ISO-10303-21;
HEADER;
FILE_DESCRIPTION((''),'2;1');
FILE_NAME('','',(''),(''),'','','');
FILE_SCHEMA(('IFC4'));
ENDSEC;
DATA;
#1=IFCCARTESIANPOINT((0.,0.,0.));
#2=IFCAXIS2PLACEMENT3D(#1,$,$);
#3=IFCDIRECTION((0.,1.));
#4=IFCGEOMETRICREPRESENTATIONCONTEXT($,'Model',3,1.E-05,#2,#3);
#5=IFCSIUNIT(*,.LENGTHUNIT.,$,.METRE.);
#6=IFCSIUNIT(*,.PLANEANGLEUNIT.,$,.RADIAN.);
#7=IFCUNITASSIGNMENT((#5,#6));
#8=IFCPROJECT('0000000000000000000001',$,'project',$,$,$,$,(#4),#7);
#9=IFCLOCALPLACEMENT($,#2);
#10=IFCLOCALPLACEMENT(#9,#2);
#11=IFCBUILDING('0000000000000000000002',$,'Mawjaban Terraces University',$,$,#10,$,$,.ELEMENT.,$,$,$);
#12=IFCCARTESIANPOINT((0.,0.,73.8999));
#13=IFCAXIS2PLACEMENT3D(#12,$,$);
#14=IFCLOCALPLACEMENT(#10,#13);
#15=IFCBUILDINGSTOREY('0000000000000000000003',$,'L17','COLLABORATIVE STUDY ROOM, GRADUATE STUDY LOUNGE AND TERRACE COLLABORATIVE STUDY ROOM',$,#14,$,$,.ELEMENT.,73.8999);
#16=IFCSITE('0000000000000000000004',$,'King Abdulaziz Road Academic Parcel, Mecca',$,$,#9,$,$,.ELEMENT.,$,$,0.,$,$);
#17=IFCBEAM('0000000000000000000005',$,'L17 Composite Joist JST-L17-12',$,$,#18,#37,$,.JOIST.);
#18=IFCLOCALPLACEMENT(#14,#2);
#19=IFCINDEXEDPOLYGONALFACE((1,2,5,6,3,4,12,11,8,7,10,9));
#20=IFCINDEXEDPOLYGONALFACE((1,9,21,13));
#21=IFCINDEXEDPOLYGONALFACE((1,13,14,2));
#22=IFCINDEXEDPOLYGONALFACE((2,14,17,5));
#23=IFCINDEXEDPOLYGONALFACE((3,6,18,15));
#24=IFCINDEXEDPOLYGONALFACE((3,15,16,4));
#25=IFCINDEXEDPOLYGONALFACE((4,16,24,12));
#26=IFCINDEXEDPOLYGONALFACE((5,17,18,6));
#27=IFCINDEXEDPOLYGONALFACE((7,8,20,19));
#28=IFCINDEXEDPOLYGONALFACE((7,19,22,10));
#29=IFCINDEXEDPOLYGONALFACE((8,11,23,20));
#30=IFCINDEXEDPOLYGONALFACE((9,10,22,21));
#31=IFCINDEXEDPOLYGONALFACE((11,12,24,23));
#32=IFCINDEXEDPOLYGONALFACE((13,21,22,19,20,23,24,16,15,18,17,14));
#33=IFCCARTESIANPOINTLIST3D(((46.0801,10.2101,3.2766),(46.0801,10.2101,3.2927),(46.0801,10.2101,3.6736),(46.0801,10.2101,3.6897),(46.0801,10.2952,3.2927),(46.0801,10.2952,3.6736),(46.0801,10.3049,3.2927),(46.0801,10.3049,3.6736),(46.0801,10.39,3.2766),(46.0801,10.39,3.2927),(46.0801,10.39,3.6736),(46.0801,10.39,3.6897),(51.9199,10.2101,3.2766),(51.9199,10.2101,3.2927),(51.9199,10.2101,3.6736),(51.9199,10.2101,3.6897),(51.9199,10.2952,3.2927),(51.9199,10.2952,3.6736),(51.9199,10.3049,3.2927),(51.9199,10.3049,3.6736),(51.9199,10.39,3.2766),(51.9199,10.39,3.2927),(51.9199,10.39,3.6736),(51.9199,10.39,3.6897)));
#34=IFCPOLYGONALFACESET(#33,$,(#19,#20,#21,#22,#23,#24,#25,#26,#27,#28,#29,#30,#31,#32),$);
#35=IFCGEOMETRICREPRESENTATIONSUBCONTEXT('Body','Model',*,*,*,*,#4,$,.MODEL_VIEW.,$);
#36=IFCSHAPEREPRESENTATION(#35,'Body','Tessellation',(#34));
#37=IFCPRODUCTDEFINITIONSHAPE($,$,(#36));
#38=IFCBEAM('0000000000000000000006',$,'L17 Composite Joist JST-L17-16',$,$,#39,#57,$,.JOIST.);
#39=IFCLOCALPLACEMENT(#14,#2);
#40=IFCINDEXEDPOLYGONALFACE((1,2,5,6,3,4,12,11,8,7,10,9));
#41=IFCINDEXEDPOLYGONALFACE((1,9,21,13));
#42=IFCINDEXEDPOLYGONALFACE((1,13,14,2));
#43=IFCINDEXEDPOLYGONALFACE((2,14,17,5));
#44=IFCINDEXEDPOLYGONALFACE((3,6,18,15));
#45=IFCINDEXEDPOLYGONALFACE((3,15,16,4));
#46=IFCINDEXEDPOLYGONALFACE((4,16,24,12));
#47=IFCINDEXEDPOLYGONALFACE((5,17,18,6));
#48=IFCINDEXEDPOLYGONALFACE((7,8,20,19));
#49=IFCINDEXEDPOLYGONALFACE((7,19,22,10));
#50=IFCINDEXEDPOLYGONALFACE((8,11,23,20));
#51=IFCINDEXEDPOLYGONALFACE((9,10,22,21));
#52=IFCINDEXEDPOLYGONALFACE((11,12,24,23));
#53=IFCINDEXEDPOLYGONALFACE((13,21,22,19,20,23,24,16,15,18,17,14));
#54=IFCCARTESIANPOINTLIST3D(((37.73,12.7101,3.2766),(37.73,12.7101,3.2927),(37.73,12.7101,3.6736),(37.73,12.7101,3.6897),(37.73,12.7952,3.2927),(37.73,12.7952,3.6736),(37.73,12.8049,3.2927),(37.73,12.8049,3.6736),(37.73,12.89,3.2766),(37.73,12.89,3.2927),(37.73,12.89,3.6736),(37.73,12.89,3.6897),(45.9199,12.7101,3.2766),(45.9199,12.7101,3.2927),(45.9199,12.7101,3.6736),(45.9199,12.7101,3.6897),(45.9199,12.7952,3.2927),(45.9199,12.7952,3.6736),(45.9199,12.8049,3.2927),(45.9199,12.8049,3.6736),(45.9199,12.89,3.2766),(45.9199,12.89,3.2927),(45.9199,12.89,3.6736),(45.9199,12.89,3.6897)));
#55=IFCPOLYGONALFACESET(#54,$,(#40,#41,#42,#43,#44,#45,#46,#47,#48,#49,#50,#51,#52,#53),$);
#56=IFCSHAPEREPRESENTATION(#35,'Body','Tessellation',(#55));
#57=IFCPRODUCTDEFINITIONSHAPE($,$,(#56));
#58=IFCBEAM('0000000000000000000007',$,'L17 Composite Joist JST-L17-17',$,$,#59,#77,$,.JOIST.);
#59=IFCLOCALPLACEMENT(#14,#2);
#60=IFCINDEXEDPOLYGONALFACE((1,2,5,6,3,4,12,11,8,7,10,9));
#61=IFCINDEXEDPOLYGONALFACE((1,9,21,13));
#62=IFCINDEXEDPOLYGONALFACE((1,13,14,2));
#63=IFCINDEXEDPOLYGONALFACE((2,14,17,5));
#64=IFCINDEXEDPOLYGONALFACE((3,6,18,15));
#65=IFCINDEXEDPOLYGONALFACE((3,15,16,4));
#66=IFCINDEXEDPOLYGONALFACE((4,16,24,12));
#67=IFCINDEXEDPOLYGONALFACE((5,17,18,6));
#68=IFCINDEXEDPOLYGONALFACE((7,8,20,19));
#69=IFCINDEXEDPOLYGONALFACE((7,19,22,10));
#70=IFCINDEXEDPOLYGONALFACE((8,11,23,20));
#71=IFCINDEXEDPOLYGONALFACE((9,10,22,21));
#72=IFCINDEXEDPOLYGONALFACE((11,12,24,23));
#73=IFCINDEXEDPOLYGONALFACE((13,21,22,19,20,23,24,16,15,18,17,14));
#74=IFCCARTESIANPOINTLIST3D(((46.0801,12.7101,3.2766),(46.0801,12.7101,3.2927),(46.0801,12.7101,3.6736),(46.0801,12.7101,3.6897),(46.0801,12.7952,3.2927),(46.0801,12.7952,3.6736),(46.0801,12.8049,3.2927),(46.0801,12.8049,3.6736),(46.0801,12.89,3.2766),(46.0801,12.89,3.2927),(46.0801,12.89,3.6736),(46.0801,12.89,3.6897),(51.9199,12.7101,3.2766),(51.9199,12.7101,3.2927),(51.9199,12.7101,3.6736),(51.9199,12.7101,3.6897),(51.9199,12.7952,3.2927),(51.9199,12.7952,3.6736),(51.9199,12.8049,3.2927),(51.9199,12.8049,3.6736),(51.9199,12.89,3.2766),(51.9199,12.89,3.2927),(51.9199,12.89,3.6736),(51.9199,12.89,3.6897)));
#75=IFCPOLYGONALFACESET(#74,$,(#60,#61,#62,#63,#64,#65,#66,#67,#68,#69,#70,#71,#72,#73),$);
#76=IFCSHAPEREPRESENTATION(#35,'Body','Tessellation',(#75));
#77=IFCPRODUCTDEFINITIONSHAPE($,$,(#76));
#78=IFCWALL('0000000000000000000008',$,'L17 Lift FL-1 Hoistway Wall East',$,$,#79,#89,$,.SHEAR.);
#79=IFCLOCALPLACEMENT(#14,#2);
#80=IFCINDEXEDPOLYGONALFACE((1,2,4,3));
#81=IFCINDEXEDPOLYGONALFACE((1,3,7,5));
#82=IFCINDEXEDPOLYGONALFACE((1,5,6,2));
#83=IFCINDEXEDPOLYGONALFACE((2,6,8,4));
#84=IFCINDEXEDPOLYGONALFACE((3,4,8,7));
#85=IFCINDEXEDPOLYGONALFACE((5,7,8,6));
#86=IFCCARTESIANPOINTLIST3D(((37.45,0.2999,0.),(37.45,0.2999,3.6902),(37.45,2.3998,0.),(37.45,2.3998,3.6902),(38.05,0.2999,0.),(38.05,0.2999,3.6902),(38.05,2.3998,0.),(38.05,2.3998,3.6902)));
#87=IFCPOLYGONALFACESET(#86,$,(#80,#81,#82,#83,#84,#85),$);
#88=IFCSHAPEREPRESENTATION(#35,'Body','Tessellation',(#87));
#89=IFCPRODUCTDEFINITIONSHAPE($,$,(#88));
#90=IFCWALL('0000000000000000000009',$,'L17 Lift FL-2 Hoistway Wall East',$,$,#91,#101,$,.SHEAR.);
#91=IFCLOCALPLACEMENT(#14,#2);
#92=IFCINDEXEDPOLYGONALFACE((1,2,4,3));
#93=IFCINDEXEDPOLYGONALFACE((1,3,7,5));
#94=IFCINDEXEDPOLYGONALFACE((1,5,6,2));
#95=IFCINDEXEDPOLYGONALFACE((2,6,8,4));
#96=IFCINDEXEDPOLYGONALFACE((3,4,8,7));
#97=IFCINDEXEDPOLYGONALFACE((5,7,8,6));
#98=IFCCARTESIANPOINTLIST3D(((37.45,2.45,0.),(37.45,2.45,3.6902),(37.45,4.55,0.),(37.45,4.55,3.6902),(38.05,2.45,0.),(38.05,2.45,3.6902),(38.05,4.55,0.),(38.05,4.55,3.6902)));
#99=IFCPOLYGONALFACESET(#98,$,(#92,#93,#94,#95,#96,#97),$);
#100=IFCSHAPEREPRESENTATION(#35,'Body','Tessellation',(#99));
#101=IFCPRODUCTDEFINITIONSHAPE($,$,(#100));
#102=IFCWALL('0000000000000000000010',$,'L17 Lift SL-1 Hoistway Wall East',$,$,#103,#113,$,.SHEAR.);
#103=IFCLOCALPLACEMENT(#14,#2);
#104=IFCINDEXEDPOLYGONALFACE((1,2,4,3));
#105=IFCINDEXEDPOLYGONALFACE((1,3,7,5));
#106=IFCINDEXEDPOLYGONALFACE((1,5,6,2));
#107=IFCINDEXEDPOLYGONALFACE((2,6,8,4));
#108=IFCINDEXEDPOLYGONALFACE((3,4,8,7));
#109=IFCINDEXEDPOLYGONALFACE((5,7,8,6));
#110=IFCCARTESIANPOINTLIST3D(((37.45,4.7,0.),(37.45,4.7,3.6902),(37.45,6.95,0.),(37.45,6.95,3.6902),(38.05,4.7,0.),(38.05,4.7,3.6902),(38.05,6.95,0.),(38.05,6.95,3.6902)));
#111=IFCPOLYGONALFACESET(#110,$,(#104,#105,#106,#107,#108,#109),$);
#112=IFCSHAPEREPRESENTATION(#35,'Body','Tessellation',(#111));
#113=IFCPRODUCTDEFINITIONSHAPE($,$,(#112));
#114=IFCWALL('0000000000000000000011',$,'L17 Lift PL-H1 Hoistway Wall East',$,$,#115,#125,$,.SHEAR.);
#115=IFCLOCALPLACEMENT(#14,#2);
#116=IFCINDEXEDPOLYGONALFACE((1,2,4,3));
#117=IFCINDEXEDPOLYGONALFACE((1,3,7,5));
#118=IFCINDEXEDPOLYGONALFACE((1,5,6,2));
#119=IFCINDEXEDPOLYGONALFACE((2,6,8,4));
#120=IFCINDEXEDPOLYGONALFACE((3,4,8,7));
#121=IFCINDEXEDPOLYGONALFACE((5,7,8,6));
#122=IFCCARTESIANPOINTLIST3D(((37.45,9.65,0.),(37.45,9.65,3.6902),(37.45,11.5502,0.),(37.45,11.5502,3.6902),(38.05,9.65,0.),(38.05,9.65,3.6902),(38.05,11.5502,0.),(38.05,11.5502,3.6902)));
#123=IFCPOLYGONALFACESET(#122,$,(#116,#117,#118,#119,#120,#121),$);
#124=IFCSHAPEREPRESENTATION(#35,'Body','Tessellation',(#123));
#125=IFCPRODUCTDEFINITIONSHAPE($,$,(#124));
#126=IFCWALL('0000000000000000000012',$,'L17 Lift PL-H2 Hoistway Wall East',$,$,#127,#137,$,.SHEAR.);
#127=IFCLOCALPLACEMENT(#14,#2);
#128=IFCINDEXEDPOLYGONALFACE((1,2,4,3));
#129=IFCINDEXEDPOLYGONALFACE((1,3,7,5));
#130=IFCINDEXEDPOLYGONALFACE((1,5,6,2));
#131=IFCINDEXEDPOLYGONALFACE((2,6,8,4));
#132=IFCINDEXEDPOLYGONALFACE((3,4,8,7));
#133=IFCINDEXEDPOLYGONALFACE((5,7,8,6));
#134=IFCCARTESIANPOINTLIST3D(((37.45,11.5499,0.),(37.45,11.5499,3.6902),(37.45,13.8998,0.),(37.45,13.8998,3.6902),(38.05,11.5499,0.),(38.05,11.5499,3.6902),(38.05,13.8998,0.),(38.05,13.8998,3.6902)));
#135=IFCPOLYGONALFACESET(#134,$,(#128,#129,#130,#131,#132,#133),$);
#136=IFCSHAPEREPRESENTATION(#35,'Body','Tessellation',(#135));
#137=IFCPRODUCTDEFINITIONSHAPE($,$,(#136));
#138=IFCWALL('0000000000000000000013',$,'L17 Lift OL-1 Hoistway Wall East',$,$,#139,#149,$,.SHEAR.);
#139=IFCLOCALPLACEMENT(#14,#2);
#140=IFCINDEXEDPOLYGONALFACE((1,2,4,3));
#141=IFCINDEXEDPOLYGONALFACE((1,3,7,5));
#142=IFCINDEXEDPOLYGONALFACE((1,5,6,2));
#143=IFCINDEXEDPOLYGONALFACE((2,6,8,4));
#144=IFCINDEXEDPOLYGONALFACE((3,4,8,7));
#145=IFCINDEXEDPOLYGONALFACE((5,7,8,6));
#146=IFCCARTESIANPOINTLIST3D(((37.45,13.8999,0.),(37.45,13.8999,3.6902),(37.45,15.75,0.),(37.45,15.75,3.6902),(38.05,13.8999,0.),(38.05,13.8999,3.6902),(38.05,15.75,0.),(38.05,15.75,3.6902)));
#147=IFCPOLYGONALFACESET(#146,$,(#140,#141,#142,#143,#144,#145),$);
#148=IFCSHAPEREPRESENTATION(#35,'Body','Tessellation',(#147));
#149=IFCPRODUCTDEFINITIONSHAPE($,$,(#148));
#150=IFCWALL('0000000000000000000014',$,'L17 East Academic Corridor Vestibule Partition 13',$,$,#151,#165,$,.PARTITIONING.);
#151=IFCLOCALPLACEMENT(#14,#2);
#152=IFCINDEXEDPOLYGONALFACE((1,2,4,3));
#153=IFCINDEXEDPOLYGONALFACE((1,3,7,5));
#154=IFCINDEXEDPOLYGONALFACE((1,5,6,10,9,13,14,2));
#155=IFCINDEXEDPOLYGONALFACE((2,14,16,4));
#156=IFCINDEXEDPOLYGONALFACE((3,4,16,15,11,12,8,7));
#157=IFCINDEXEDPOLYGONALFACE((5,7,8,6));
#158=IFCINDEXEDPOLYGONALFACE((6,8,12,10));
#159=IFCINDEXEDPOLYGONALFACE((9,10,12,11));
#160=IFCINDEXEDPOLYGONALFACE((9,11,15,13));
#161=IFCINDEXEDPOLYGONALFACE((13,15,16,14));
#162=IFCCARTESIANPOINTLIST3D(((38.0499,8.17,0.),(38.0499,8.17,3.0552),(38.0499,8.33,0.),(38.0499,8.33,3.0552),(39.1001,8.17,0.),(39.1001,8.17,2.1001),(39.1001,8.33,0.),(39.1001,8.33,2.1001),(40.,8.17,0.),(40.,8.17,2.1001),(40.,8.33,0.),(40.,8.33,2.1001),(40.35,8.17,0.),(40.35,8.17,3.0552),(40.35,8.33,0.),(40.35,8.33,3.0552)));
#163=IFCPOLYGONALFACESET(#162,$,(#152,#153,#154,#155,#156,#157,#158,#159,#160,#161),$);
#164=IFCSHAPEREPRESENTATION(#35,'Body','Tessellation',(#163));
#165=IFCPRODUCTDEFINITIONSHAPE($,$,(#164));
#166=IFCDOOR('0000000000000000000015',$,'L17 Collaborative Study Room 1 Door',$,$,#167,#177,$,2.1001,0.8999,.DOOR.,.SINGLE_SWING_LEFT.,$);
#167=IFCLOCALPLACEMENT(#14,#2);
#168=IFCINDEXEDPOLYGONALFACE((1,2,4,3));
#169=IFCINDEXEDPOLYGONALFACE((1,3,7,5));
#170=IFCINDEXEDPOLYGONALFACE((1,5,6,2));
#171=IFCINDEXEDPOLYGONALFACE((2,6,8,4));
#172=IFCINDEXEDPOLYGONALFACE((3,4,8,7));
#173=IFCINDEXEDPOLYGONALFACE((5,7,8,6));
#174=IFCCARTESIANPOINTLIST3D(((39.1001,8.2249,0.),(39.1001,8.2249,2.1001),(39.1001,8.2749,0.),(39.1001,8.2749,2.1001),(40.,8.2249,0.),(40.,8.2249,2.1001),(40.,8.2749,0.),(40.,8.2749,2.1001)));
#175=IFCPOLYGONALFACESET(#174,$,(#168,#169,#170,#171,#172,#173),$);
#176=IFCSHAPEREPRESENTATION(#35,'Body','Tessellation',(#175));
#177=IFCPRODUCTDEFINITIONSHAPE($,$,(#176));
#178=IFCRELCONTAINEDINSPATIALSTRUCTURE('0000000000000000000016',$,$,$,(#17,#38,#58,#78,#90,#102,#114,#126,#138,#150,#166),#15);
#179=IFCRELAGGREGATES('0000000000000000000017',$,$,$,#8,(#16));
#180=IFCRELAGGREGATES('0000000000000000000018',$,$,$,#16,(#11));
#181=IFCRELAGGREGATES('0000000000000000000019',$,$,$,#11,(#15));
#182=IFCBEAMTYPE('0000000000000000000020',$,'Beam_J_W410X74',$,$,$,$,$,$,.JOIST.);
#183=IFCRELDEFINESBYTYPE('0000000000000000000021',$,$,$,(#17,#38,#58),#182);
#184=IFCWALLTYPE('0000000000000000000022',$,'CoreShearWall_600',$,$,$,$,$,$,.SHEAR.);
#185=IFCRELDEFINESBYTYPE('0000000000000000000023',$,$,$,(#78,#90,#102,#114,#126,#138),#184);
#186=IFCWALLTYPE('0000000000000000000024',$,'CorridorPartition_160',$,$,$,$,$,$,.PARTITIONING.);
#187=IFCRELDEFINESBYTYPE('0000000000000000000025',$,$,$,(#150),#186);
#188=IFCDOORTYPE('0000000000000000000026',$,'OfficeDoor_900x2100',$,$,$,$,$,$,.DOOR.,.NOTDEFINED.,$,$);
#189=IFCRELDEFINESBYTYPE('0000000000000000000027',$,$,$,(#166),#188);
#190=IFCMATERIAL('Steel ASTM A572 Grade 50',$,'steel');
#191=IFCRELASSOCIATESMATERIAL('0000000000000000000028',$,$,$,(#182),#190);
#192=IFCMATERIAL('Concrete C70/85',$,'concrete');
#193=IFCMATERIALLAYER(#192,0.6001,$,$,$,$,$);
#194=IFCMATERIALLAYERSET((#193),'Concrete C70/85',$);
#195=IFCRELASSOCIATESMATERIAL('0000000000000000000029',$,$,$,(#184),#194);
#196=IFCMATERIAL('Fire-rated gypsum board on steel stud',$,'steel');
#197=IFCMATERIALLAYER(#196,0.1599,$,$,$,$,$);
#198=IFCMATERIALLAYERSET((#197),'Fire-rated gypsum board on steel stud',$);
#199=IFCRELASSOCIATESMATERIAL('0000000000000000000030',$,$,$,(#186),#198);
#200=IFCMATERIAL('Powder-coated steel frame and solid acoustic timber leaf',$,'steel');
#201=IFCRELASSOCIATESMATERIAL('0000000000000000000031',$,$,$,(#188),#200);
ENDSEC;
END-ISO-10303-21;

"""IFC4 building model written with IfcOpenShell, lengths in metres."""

from ifc_helpers import new_model, si_unit, direction, frame, frame_2d, origin, origin_2d, place, context, subcontext, project, spatial, rectangle, i_section, extrude, material, layer, layer_set, material_profile, profile_set, type_object, element, fill, save


model = new_model("IFC4")

# Units and contexts
model_context = context("Model", 3, precision=1e-05, world=origin(), true_north=direction((0.0, 1.0)))
body_context = subcontext(model_context, "Body", "Model", "MODEL_VIEW")
ifc_project = project(units=[si_unit("LENGTHUNIT", "METRE"), si_unit("PLANEANGLEUNIT", "RADIAN")], contexts=[model_context])

# Site, building, storey
site_placement = place(None, origin())
site = spatial("IfcSite", under=ifc_project, at=site_placement, Name="King Abdulaziz Road Academic Parcel, Mecca", CompositionType="ELEMENT", RefElevation=0.0)
building_placement = place(site_placement, origin())
building = spatial("IfcBuilding", under=site, at=building_placement, Name="Mawjaban Terraces University", CompositionType="ELEMENT")
storey_placement = place(building_placement, frame((0.0, 0.0, 73.8999)))
storey = spatial("IfcBuildingStorey", under=building, at=storey_placement, Name="L17", Description="COLLABORATIVE STUDY ROOM, GRADUATE STUDY LOUNGE AND TERRACE COLLABORATIVE STUDY ROOM", CompositionType="ELEMENT", Elevation=73.8999)

# Shared definitions
ifc_material_1 = material(Name="Concrete C70/85", Category="concrete")

# Beams
ifc_material_2 = material(Name="Steel ASTM A572 Grade 50", Category="steel")
ifc_material_profile_1 = material_profile(ifc_material_2, i_section(OverallWidth=0.1799, OverallDepth=0.4131, WebThickness=0.0098, FlangeThickness=0.0161, at=origin_2d()), Name="W410X74")
ifc_profile_set_1 = profile_set([ifc_material_profile_1], Name="Steel ASTM A572 Grade 50")
beam_type_1 = type_object("IfcBeamType", Name="Beam_J_W410X74", PredefinedType="JOIST", material=ifc_profile_set_1)
beam_1_placement = place(storey_placement, frame((46.0801, 10.3, 3.4832), z_axis=(1.0, 0.0, 0.0), x_axis=(0.0, 1.0, 0.0)))
element("IfcBeam", 1, at=beam_1_placement, inside=storey, type_object=beam_type_1, Name="L17 Composite Joist JST-L17-12", PredefinedType="JOIST", context=body_context, shape_type="SweptSolid", body=[
    extrude(i_section(OverallWidth=0.1799, OverallDepth=0.4131, WebThickness=0.0098, FlangeThickness=0.0161, at=origin_2d()), origin(), (0.0, 0.0, 1.0), 5.8398),
])
beam_2_placement = place(storey_placement, frame((37.73, 12.8, 3.4832), z_axis=(1.0, 0.0, 0.0), x_axis=(0.0, 1.0, 0.0)))
element("IfcBeam", 2, at=beam_2_placement, inside=storey, type_object=beam_type_1, Name="L17 Composite Joist JST-L17-16", PredefinedType="JOIST", context=body_context, shape_type="SweptSolid", body=[
    extrude(i_section(OverallWidth=0.1799, OverallDepth=0.4131, WebThickness=0.0098, FlangeThickness=0.0161, at=origin_2d()), origin(), (0.0, 0.0, 1.0), 8.1899),
])
beam_3_placement = place(storey_placement, frame((46.0801, 12.8, 3.4832), z_axis=(1.0, 0.0, 0.0), x_axis=(0.0, 1.0, 0.0)))
element("IfcBeam", 3, at=beam_3_placement, inside=storey, type_object=beam_type_1, Name="L17 Composite Joist JST-L17-17", PredefinedType="JOIST", context=body_context, shape_type="SweptSolid", body=[
    extrude(i_section(OverallWidth=0.1799, OverallDepth=0.4131, WebThickness=0.0098, FlangeThickness=0.0161, at=origin_2d()), origin(), (0.0, 0.0, 1.0), 5.8398),
])

# Walls
ifc_layer_1 = layer(ifc_material_1, 0.6001)
ifc_layer_set_1 = layer_set([ifc_layer_1], Name="Concrete C70/85")
wall_type_1 = type_object("IfcWallType", Name="CoreShearWall_600", PredefinedType="SHEAR", material=ifc_layer_set_1)
wall_1_placement = place(storey_placement, frame((37.75, 0.3, 0.0), z_axis=(0.0, 0.0, 1.0), x_axis=(0.0, 1.0, 0.0)))
element("IfcWall", 4, at=wall_1_placement, inside=storey, type_object=wall_type_1, Name="L17 Lift FL-1 Hoistway Wall East", PredefinedType="SHEAR", context=body_context, shape_type="SweptSolid", body=[
    extrude(rectangle(XDim=2.0999, YDim=0.6001, at=frame_2d((1.0498, 0.0))), origin(), (0.0, 0.0, 1.0), 3.6902),
])
wall_2_placement = place(storey_placement, frame((37.75, 2.45, 0.0), z_axis=(0.0, 0.0, 1.0), x_axis=(0.0, 1.0, 0.0)))
element("IfcWall", 5, at=wall_2_placement, inside=storey, type_object=wall_type_1, Name="L17 Lift FL-2 Hoistway Wall East", PredefinedType="SHEAR", context=body_context, shape_type="SweptSolid", body=[
    extrude(rectangle(XDim=2.1001, YDim=0.6001, at=frame_2d((1.05, 0.0))), origin(), (0.0, 0.0, 1.0), 3.6902),
])
wall_3_placement = place(storey_placement, frame((37.75, 4.7, 0.0), z_axis=(0.0, 0.0, 1.0), x_axis=(0.0, 1.0, 0.0)))
element("IfcWall", 6, at=wall_3_placement, inside=storey, type_object=wall_type_1, Name="L17 Lift SL-1 Hoistway Wall East", PredefinedType="SHEAR", context=body_context, shape_type="SweptSolid", body=[
    extrude(rectangle(XDim=2.25, YDim=0.6001, at=frame_2d((1.125, 0.0))), origin(), (0.0, 0.0, 1.0), 3.6902),
])
wall_4_placement = place(storey_placement, frame((37.75, 9.6499, 0.0), z_axis=(0.0, 0.0, 1.0), x_axis=(0.0, 1.0, 0.0)))
element("IfcWall", 7, at=wall_4_placement, inside=storey, type_object=wall_type_1, Name="L17 Lift PL-H1 Hoistway Wall East", PredefinedType="SHEAR", context=body_context, shape_type="SweptSolid", body=[
    extrude(rectangle(XDim=1.9001, YDim=0.6001, at=frame_2d((0.9502, 0.0))), origin(), (0.0, 0.0, 1.0), 3.6902),
])
wall_5_placement = place(storey_placement, frame((37.75, 11.55, 0.0), z_axis=(0.0, 0.0, 1.0), x_axis=(0.0, 1.0, 0.0)))
element("IfcWall", 8, at=wall_5_placement, inside=storey, type_object=wall_type_1, Name="L17 Lift PL-H2 Hoistway Wall East", PredefinedType="SHEAR", context=body_context, shape_type="SweptSolid", body=[
    extrude(rectangle(XDim=2.3499, YDim=0.6001, at=frame_2d((1.1748, 0.0))), origin(), (0.0, 0.0, 1.0), 3.6902),
])
wall_6_placement = place(storey_placement, frame((37.75, 13.8999, 0.0), z_axis=(0.0, 0.0, 1.0), x_axis=(0.0, 1.0, 0.0)))
element("IfcWall", 9, at=wall_6_placement, inside=storey, type_object=wall_type_1, Name="L17 Lift OL-1 Hoistway Wall East", PredefinedType="SHEAR", context=body_context, shape_type="SweptSolid", body=[
    extrude(rectangle(XDim=1.8501, YDim=0.6001, at=frame_2d((0.925, 0.0))), origin(), (0.0, 0.0, 1.0), 3.6902),
])

# Wall, opening, door
ifc_material_3 = material(Name="Fire-rated gypsum board on steel stud", Category="steel")
ifc_layer_2 = layer(ifc_material_3, 0.1599)
ifc_layer_set_2 = layer_set([ifc_layer_2], Name="Fire-rated gypsum board on steel stud")
wall_type_2 = type_object("IfcWallType", Name="CorridorPartition_160", PredefinedType="PARTITIONING", material=ifc_layer_set_2)
wall_7_placement = place(storey_placement, frame((38.05, 8.25, 0.0), z_axis=(0.0, 0.0, 1.0), x_axis=(1.0, 0.0, 0.0)))
wall_7 = element("IfcWall", 10, at=wall_7_placement, inside=storey, type_object=wall_type_2, Name="L17 East Academic Corridor Vestibule Partition 13", PredefinedType="PARTITIONING", context=body_context, shape_type="SweptSolid", body=[
    extrude(rectangle(XDim=2.3, YDim=0.1599, at=frame_2d((1.1499, 0.0))), origin(), (0.0, 0.0, 1.0), 3.0552),
])
opening_1_placement = place(wall_7_placement, frame((1.05, 0.0, 0.0)))
opening_1 = element("IfcOpeningElement", 11, at=opening_1_placement, cuts=wall_7, PredefinedType="OPENING", context=body_context, shape_type="SweptSolid", body=[
    extrude(rectangle(XDim=0.8999, YDim=2.1001, at=frame_2d((0.45, 1.05))), frame((0.0, 0.0898, 0.0), z_axis=(0.0, -1.0, 0.0), x_axis=(1.0, 0.0, 0.0)), (0.0, 0.0, 1.0), 0.1799),
])
ifc_material_4 = material(Name="Powder-coated steel frame and solid acoustic timber leaf", Category="steel")
door_type = type_object("IfcDoorType", Name="OfficeDoor_900x2100", OperationType="NOTDEFINED", PredefinedType="DOOR", material=ifc_material_4)
door_1_placement = place(opening_1_placement, origin())
door_1 = element("IfcDoor", 12, at=door_1_placement, inside=storey, type_object=door_type, Name="L17 Collaborative Study Room 1 Door", OperationType="SINGLE_SWING_LEFT", OverallHeight=2.1001, OverallWidth=0.8999, PredefinedType="DOOR", context=body_context, shape_type="SweptSolid", body=[
    extrude(rectangle(XDim=0.8999, YDim=2.1001, at=frame_2d((0.45, 1.05))), frame((0.0, 0.0249, 0.0), z_axis=(0.0, -1.0, 0.0), x_axis=(1.0, 0.0, 0.0)), (0.0, 0.0, 1.0), 0.05),
])
fill(opening_1, door_1)

save(model, "model.ifc")
